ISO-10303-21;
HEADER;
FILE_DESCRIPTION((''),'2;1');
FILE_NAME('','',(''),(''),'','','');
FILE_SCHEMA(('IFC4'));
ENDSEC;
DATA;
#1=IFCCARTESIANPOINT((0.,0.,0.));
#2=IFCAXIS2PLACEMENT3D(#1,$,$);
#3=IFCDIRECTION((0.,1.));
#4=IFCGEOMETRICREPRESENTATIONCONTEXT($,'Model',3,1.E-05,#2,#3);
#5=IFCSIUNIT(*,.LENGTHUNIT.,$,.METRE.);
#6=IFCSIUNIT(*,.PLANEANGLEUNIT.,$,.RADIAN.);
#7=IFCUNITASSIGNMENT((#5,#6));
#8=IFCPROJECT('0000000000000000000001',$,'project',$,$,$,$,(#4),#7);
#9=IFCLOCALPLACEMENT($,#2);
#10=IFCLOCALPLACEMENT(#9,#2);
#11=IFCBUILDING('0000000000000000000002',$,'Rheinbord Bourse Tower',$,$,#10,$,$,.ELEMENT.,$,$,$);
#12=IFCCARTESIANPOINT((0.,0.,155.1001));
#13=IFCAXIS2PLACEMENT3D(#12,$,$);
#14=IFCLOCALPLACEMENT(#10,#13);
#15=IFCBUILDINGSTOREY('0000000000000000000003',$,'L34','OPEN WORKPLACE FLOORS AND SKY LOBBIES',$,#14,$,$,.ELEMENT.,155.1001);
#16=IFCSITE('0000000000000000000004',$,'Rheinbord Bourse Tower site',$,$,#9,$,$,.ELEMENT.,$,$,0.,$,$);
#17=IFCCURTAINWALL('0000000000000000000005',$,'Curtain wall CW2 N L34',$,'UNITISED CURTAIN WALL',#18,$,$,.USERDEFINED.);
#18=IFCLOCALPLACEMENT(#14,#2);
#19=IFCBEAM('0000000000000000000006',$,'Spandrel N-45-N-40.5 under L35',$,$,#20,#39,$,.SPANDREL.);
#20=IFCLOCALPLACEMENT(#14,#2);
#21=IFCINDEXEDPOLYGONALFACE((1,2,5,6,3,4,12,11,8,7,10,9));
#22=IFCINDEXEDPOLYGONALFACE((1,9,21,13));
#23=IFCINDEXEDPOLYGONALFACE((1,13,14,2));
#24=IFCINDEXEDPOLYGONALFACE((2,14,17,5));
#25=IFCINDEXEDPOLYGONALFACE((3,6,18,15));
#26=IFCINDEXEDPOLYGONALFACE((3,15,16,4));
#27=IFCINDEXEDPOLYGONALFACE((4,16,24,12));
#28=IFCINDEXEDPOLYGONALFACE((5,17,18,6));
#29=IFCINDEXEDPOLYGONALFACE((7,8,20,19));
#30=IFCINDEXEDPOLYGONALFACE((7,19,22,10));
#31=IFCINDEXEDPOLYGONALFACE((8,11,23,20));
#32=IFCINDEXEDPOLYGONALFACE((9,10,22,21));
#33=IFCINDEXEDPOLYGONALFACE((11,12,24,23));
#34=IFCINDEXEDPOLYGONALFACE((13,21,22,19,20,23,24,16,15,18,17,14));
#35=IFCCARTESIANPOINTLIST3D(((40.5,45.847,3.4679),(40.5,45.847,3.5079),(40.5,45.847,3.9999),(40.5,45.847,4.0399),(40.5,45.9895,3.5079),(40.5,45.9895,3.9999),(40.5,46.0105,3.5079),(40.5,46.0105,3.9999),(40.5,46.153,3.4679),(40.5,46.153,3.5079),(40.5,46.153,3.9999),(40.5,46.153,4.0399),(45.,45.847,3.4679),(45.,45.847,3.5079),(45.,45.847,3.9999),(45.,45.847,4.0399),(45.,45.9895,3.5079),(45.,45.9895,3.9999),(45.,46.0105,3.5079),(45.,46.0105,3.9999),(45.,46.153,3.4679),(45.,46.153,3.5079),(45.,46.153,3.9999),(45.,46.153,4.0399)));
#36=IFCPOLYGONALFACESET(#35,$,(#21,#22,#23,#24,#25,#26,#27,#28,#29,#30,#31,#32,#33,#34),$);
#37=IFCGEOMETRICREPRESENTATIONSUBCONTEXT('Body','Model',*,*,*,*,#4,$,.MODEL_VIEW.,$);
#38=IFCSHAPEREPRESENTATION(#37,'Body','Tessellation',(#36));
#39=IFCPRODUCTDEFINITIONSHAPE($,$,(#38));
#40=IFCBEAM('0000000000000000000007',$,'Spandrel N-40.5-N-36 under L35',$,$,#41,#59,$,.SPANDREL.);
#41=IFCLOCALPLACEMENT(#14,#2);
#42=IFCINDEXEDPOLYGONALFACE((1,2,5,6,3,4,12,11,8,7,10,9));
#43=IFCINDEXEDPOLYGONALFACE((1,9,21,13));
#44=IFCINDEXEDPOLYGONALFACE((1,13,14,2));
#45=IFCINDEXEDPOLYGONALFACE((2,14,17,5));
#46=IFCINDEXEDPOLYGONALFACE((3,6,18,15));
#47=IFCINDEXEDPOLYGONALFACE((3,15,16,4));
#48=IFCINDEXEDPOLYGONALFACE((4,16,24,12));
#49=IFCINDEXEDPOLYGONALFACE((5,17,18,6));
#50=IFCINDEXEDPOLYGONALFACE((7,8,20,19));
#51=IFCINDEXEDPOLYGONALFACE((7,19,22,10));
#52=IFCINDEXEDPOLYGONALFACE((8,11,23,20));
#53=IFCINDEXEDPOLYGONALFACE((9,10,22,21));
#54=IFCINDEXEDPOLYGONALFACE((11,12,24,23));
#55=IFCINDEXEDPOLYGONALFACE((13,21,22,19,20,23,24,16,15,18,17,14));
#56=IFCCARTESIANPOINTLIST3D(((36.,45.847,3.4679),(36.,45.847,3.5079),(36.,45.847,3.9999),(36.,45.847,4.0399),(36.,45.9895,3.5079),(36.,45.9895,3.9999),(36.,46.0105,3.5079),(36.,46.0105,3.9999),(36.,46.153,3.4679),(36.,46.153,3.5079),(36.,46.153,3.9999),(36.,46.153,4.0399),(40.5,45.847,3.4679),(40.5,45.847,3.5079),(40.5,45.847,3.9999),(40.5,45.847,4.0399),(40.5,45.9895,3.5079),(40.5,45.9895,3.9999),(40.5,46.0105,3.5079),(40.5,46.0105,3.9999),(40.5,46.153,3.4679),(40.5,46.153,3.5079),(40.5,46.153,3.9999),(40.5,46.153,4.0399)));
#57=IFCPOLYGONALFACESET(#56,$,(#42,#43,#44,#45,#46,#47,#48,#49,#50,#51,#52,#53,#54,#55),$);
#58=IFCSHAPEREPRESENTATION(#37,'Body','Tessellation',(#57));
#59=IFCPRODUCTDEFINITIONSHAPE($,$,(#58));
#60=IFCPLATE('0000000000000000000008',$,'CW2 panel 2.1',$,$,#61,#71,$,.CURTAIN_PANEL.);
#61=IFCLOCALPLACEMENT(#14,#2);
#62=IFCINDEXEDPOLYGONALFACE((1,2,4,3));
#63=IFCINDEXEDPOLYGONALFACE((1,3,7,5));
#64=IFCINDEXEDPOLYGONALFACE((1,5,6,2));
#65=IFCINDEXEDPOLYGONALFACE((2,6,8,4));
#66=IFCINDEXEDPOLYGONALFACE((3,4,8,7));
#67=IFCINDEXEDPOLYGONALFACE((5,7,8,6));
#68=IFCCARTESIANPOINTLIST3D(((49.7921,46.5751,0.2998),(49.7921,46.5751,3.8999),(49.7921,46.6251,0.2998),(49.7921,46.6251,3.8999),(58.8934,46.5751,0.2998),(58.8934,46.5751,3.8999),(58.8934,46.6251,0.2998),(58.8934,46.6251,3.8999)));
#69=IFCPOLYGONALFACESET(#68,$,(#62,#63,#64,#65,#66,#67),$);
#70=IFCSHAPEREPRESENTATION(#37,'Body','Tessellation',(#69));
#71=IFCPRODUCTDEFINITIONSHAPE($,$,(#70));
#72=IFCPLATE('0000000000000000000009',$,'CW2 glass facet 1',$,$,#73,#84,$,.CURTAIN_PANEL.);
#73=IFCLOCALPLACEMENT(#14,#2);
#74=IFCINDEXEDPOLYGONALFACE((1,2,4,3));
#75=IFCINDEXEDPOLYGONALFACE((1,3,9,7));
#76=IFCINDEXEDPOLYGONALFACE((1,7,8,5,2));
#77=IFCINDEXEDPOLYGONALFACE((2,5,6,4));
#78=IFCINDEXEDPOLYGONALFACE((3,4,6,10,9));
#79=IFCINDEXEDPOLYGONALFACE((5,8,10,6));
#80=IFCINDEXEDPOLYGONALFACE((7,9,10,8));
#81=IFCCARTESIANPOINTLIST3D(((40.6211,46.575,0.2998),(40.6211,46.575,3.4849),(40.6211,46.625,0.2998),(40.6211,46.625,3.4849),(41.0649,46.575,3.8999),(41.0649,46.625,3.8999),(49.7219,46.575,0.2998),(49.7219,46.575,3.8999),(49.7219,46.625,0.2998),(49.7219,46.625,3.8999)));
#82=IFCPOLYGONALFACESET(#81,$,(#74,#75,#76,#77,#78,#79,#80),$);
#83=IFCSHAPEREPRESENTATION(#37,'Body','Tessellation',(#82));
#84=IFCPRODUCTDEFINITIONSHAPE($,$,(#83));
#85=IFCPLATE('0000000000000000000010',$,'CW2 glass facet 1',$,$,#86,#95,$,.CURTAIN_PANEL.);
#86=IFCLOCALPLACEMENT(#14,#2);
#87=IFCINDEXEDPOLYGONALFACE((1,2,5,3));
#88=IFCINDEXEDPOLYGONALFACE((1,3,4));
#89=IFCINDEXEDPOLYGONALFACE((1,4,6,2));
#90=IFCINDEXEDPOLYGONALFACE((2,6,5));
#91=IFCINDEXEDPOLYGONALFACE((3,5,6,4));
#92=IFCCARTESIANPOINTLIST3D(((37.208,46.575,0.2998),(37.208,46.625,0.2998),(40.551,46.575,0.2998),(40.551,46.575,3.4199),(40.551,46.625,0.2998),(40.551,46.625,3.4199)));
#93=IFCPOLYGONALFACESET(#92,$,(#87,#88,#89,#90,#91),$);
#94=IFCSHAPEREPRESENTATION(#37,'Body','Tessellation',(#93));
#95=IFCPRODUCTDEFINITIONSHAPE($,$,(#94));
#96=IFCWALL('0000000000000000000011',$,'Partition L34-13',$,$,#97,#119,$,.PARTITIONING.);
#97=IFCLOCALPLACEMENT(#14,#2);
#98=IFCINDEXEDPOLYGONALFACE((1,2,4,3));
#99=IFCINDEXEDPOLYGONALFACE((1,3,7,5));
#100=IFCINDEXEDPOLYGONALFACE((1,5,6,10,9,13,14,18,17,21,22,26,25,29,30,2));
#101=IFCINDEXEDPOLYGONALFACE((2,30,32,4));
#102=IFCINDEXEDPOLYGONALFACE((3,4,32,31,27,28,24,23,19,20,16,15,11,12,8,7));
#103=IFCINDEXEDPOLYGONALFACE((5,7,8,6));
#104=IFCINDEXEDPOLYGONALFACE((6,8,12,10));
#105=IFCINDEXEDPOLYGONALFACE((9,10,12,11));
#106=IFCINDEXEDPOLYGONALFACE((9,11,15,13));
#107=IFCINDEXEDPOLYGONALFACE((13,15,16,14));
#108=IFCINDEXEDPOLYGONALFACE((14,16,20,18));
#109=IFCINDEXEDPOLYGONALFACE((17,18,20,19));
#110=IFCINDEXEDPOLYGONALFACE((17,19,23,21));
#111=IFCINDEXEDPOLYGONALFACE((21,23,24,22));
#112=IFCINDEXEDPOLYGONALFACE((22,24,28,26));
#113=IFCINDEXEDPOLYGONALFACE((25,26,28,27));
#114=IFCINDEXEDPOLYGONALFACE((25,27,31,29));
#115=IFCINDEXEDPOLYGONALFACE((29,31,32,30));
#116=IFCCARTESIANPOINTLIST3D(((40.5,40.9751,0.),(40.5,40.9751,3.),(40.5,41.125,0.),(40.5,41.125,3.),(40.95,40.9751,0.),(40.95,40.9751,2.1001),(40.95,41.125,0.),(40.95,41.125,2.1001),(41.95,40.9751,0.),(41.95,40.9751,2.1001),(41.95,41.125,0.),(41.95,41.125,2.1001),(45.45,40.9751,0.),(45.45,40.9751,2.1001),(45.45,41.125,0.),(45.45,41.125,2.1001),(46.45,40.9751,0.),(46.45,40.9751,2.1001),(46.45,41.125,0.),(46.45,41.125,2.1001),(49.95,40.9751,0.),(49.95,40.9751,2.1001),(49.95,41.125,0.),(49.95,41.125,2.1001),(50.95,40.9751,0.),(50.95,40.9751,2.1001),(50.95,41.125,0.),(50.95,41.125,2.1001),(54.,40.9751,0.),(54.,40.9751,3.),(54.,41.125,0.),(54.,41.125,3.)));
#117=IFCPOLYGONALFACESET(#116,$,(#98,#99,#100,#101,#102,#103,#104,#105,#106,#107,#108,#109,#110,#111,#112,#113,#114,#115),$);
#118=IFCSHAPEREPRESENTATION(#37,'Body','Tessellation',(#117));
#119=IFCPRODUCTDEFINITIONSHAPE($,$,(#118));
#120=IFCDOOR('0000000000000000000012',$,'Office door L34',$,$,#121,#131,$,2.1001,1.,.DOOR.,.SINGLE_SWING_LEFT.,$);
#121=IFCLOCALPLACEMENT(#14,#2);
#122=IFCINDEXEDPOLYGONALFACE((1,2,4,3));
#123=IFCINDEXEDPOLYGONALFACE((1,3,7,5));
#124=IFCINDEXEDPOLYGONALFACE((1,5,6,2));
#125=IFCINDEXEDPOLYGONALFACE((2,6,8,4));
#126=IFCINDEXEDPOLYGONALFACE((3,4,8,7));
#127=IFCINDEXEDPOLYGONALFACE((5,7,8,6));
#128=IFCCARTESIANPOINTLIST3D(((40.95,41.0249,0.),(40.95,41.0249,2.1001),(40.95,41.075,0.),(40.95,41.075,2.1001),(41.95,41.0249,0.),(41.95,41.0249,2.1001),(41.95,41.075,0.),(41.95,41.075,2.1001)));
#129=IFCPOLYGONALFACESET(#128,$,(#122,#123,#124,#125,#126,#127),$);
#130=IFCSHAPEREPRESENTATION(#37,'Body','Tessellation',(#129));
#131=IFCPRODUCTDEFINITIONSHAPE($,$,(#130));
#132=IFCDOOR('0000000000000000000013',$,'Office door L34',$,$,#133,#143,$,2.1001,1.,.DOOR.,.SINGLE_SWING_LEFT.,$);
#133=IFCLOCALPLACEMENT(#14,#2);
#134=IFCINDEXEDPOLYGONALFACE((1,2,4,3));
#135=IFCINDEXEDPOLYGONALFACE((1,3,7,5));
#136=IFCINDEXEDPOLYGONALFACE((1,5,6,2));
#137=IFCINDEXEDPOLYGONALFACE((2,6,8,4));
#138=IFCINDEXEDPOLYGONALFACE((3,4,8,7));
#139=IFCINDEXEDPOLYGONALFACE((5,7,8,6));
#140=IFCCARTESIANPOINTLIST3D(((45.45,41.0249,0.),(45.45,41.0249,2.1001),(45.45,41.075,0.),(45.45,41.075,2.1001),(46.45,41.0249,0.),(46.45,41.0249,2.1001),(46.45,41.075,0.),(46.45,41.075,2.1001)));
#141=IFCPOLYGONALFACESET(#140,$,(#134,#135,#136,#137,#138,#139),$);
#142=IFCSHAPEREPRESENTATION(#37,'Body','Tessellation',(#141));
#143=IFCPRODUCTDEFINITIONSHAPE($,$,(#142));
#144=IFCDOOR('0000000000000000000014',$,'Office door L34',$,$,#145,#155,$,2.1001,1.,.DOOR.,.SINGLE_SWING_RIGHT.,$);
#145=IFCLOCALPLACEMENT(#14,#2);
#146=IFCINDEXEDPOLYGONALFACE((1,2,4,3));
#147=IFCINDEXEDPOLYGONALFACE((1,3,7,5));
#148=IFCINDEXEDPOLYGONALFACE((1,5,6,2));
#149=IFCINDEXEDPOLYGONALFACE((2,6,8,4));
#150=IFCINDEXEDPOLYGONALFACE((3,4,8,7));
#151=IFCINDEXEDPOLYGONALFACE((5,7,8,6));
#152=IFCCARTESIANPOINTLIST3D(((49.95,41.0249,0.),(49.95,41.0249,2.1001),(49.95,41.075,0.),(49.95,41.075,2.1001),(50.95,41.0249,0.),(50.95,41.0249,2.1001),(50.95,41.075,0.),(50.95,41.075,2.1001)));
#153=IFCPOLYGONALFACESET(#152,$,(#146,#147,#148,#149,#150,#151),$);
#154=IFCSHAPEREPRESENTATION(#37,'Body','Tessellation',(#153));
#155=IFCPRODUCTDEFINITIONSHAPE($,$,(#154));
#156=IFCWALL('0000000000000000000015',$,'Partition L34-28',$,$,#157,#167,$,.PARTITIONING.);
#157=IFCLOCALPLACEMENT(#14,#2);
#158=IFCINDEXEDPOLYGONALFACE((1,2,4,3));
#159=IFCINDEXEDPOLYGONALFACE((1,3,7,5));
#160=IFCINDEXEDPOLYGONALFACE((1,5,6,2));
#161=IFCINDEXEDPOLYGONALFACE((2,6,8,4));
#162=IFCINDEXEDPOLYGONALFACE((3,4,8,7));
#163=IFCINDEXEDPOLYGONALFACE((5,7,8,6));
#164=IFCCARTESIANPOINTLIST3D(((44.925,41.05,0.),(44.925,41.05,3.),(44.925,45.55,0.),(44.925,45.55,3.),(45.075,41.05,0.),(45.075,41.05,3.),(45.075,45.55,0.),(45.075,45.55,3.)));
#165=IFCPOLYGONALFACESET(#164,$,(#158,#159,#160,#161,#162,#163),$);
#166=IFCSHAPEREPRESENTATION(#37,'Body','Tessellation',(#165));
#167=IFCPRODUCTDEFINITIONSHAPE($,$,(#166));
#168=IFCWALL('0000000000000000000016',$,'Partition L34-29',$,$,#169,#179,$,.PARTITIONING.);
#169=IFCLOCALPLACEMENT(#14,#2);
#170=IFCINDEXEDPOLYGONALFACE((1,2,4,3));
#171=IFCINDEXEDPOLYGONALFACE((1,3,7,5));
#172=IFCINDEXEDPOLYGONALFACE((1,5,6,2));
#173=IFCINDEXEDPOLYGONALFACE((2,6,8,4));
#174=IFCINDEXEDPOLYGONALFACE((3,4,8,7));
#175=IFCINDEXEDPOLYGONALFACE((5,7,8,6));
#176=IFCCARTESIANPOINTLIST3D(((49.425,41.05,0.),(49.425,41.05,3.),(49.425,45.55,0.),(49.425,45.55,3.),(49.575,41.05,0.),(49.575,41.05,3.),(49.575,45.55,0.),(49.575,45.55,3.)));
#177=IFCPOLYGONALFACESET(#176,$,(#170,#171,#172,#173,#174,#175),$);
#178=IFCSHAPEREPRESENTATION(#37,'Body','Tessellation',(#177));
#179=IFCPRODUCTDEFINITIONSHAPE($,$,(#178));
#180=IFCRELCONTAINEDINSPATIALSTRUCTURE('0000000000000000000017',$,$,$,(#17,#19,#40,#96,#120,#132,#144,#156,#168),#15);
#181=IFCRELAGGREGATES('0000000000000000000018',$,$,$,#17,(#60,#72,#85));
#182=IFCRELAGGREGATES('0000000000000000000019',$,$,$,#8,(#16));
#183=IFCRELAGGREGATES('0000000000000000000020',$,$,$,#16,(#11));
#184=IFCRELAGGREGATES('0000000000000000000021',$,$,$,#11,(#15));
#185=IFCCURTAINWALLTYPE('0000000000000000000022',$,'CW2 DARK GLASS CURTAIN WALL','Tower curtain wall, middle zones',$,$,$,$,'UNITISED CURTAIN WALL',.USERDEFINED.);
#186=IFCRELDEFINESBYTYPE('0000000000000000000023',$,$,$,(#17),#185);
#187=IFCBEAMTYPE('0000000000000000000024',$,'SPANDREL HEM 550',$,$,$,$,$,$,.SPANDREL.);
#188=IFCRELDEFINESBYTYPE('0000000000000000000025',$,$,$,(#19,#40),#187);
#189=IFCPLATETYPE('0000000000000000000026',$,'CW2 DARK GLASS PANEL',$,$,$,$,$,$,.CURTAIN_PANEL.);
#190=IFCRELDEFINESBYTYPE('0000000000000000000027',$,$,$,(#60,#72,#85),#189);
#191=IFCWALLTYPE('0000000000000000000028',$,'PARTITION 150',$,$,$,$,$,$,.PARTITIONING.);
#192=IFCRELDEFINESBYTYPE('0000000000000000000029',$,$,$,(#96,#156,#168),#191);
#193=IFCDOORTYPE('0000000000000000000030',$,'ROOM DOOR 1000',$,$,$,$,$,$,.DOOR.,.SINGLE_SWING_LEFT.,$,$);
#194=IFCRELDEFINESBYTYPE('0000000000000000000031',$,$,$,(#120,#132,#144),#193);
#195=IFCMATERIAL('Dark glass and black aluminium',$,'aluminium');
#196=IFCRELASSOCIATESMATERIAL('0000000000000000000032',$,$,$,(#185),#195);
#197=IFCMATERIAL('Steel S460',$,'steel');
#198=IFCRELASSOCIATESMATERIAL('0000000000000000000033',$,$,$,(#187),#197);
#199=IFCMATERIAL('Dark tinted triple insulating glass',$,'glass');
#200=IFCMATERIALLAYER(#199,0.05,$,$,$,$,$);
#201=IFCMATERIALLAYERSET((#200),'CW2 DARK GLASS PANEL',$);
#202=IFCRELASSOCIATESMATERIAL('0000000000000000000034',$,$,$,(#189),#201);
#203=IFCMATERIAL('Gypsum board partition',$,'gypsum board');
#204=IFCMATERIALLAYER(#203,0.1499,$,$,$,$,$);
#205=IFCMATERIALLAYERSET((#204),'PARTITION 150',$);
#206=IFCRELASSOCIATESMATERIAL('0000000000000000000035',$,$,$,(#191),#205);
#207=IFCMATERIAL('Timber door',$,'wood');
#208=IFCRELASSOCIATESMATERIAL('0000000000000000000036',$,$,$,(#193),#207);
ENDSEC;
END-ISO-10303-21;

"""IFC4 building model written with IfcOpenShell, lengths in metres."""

from ifc_helpers import new_model, si_unit, direction, frame, frame_2d, origin, origin_2d, place, context, subcontext, project, spatial, polyline, rectangle, i_section, outline, extrude, material, layer, layer_set, material_profile, profile_set, type_object, element, fill, aggregate, save


model = new_model("IFC4")

# Units and contexts
model_context = context("Model", 3, precision=1e-05, world=origin(), true_north=direction((0.0, 1.0)))
body_context = subcontext(model_context, "Body", "Model", "MODEL_VIEW")
ifc_project = project(units=[si_unit("LENGTHUNIT", "METRE"), si_unit("PLANEANGLEUNIT", "RADIAN")], contexts=[model_context])

# Site, building, storey
site_placement = place(None, origin())
site = spatial("IfcSite", under=ifc_project, at=site_placement, Name="Rheinbord Bourse Tower site", CompositionType="ELEMENT", RefElevation=0.0)
building_placement = place(site_placement, origin())
building = spatial("IfcBuilding", under=site, at=building_placement, Name="Rheinbord Bourse Tower", CompositionType="ELEMENT")
storey_placement = place(building_placement, frame((0.0, 0.0, 155.1001)))
storey = spatial("IfcBuildingStorey", under=building, at=storey_placement, Name="L34", Description="OPEN WORKPLACE FLOORS AND SKY LOBBIES", CompositionType="ELEMENT", Elevation=155.1001)

# Curtain wall
ifc_material_1 = material(Name="Dark glass and black aluminium", Category="aluminium")
curtain_wall_type = type_object("IfcCurtainWallType", Name="CW2 DARK GLASS CURTAIN WALL", Description="Tower curtain wall, middle zones", ElementType="UNITISED CURTAIN WALL", PredefinedType="USERDEFINED", material=ifc_material_1)
curtain_wall_placement = place(storey_placement, origin())
curtain_wall = element("IfcCurtainWall", 1, at=curtain_wall_placement, inside=storey, type_object=curtain_wall_type, Name="Curtain wall CW2 N L34", ObjectType="UNITISED CURTAIN WALL", PredefinedType="USERDEFINED")

# Beams
ifc_material_2 = material(Name="Steel S460", Category="steel")
ifc_material_profile_1 = material_profile(ifc_material_2, i_section(OverallWidth=0.3059, OverallDepth=0.572, WebThickness=0.021, FlangeThickness=0.04, at=origin_2d()), Name="HEM 550")
ifc_profile_set_1 = profile_set([ifc_material_profile_1], Name="Steel S460")
beam_type_1 = type_object("IfcBeamType", Name="SPANDREL HEM 550", PredefinedType="SPANDREL", material=ifc_profile_set_1)
for number, where, z_axis, x_axis, name in (
    (2, (45.0, 46.0, 3.7539), (-1.0, 0.0, 0.0), (0.0, -1.0, 0.0), "Spandrel N-45-N-40.5 under L35"),
    (3, (40.5, 46.0, 3.7539), (-1.0, 0.0, 0.0), (0.0, -1.0, 0.0), "Spandrel N-40.5-N-36 under L35"),
):
    element("IfcBeam", number, at=place(storey_placement, frame(where, z_axis=z_axis, x_axis=x_axis)), inside=storey, type_object=beam_type_1, Name=name, PredefinedType="SPANDREL", context=body_context, shape_type="SweptSolid", body=[
        extrude(i_section(OverallWidth=0.3059, OverallDepth=0.572, WebThickness=0.021, FlangeThickness=0.04, at=origin_2d()), origin(), (0.0, 0.0, 1.0), 4.5),
    ])

# Plates
ifc_material_3 = material(Name="Dark tinted triple insulating glass", Category="glass")
ifc_layer_1 = layer(ifc_material_3, 0.05)
ifc_layer_set_1 = layer_set([ifc_layer_1], Name="CW2 DARK GLASS PANEL")
plate_type = type_object("IfcPlateType", Name="CW2 DARK GLASS PANEL", PredefinedType="CURTAIN_PANEL", material=ifc_layer_set_1)
plate_1_placement = place(storey_placement, frame((54.3428, 46.6001, 0.2998), z_axis=(0.0, 0.0, 1.0), x_axis=(-1.0, 0.0, 0.0)))
plate_1 = element("IfcPlate", 4, at=plate_1_placement, type_object=plate_type, Name="CW2 panel 2.1", PredefinedType="CURTAIN_PANEL", context=body_context, shape_type="SweptSolid", body=[
    extrude(rectangle(XDim=9.1013, YDim=0.05, at=origin_2d()), origin(), (0.0, 0.0, 1.0), 3.6001),
])
plate_2_placement = place(storey_placement, frame((40.6211, 46.625, 0.2998), z_axis=(0.0, -1.0, 0.0), x_axis=(1.0, 0.0, 0.0)))
plate_2 = element("IfcPlate", 5, at=plate_2_placement, type_object=plate_type, Name="CW2 glass facet 1", PredefinedType="CURTAIN_PANEL", context=body_context, shape_type="SweptSolid", body=[
    extrude(outline(polyline([(0.0, 0.0), (9.1008, 0.0), (9.1008, 3.6001), (0.4438, 3.6001), (0.0, 3.1851), (0.0, 0.0)])), origin(), (0.0, 0.0, 1.0), 0.05),
])
plate_3_placement = place(storey_placement, frame((40.551, 46.625, 0.2998), z_axis=(0.0, -1.0, 0.0), x_axis=(0.0, 0.0, 1.0)))
plate_3 = element("IfcPlate", 6, at=plate_3_placement, type_object=plate_type, Name="CW2 glass facet 1", PredefinedType="CURTAIN_PANEL", context=body_context, shape_type="SweptSolid", body=[
    extrude(outline(polyline([(0.0, 0.0), (3.1201, 0.0), (0.0, 3.343), (0.0, 0.0)])), origin(), (0.0, 0.0, 1.0), 0.05),
])
aggregate(curtain_wall, [plate_1, plate_2, plate_3])

# Wall, openings, doors
ifc_material_4 = material(Name="Gypsum board partition", Category="gypsum board")
ifc_layer_2 = layer(ifc_material_4, 0.1499)
ifc_layer_set_2 = layer_set([ifc_layer_2], Name="PARTITION 150")
wall_type = type_object("IfcWallType", Name="PARTITION 150", PredefinedType="PARTITIONING", material=ifc_layer_set_2)
wall_placement = place(storey_placement, frame((40.5, 41.05, 0.0), z_axis=(0.0, 0.0, 1.0), x_axis=(1.0, 0.0, 0.0)))
wall = element("IfcWall", 7, at=wall_placement, inside=storey, type_object=wall_type, Name="Partition L34-13", PredefinedType="PARTITIONING", context=body_context, shape_type="SweptSolid", body=[
    extrude(rectangle(XDim=13.5, YDim=0.1499, at=frame_2d((6.75, 0.0))), origin(), (0.0, 0.0, 1.0), 3.0),
])
opening_1_placement = place(wall_placement, frame((0.45, 0.0, 0.0)))
opening_1 = element("IfcOpeningElement", 8, at=opening_1_placement, cuts=wall, PredefinedType="OPENING", context=body_context, shape_type="SweptSolid", body=[
    extrude(rectangle(XDim=1.0, YDim=2.1001, at=frame_2d((0.5, 1.05))), frame((0.0, 0.085, 0.0), z_axis=(0.0, -1.0, 0.0), x_axis=(1.0, 0.0, 0.0)), (0.0, 0.0, 1.0), 0.1699),
])
opening_2_placement = place(wall_placement, frame((4.95, 0.0, 0.0)))
opening_2 = element("IfcOpeningElement", 9, at=opening_2_placement, cuts=wall, PredefinedType="OPENING", context=body_context, shape_type="SweptSolid", body=[
    extrude(rectangle(XDim=1.0, YDim=2.1001, at=frame_2d((0.5, 1.05))), frame((0.0, 0.085, 0.0), z_axis=(0.0, -1.0, 0.0), x_axis=(1.0, 0.0, 0.0)), (0.0, 0.0, 1.0), 0.1699),
])
opening_3_placement = place(wall_placement, frame((9.45, 0.0, 0.0)))
opening_3 = element("IfcOpeningElement", 10, at=opening_3_placement, cuts=wall, PredefinedType="OPENING", context=body_context, shape_type="SweptSolid", body=[
    extrude(rectangle(XDim=1.0, YDim=2.1001, at=frame_2d((0.5, 1.05))), frame((0.0, 0.085, 0.0), z_axis=(0.0, -1.0, 0.0), x_axis=(1.0, 0.0, 0.0)), (0.0, 0.0, 1.0), 0.1699),
])
ifc_material_5 = material(Name="Timber door", Category="wood")
door_type = type_object("IfcDoorType", Name="ROOM DOOR 1000", OperationType="SINGLE_SWING_LEFT", PredefinedType="DOOR", material=ifc_material_5)
door_1_placement = place(opening_1_placement, origin())
door_1 = element("IfcDoor", 11, at=door_1_placement, inside=storey, type_object=door_type, Name="Office door L34", OperationType="SINGLE_SWING_LEFT", OverallHeight=2.1001, OverallWidth=1.0, PredefinedType="DOOR", context=body_context, shape_type="SweptSolid", body=[
    extrude(rectangle(XDim=1.0, YDim=2.1001, at=frame_2d((0.5, 1.05))), frame((0.0, 0.0249, 0.0), z_axis=(0.0, -1.0, 0.0), x_axis=(1.0, 0.0, 0.0)), (0.0, 0.0, 1.0), 0.05),
])
fill(opening_1, door_1)
door_2_placement = place(opening_2_placement, origin())
door_2 = element("IfcDoor", 12, at=door_2_placement, inside=storey, type_object=door_type, Name="Office door L34", OperationType="SINGLE_SWING_LEFT", OverallHeight=2.1001, OverallWidth=1.0, PredefinedType="DOOR", context=body_context, shape_type="SweptSolid", body=[
    extrude(rectangle(XDim=1.0, YDim=2.1001, at=frame_2d((0.5, 1.05))), frame((0.0, 0.0249, 0.0), z_axis=(0.0, -1.0, 0.0), x_axis=(1.0, 0.0, 0.0)), (0.0, 0.0, 1.0), 0.05),
])
fill(opening_2, door_2)
door_3_placement = place(opening_3_placement, origin())
door_3 = element("IfcDoor", 13, at=door_3_placement, inside=storey, type_object=door_type, Name="Office door L34", OperationType="SINGLE_SWING_RIGHT", OverallHeight=2.1001, OverallWidth=1.0, PredefinedType="DOOR", context=body_context, shape_type="SweptSolid", body=[
    extrude(rectangle(XDim=1.0, YDim=2.1001, at=frame_2d((0.5, 1.05))), frame((0.0, 0.0249, 0.0), z_axis=(0.0, -1.0, 0.0), x_axis=(1.0, 0.0, 0.0)), (0.0, 0.0, 1.0), 0.05),
])
fill(opening_3, door_3)

# Walls
for number, where, z_axis, x_axis, name in (
    (14, (45.0, 41.05, 0.0), (0.0, 0.0, 1.0), (0.0, 1.0, 0.0), "Partition L34-28"),
    (15, (49.5, 41.05, 0.0), (0.0, 0.0, 1.0), (0.0, 1.0, 0.0), "Partition L34-29"),
):
    element("IfcWall", number, at=place(storey_placement, frame(where, z_axis=z_axis, x_axis=x_axis)), inside=storey, type_object=wall_type, Name=name, PredefinedType="PARTITIONING", context=body_context, shape_type="SweptSolid", body=[
        extrude(rectangle(XDim=4.5, YDim=0.1499, at=frame_2d((2.25, 0.0))), origin(), (0.0, 0.0, 1.0), 3.0),
    ])

save(model, "model.ifc")
